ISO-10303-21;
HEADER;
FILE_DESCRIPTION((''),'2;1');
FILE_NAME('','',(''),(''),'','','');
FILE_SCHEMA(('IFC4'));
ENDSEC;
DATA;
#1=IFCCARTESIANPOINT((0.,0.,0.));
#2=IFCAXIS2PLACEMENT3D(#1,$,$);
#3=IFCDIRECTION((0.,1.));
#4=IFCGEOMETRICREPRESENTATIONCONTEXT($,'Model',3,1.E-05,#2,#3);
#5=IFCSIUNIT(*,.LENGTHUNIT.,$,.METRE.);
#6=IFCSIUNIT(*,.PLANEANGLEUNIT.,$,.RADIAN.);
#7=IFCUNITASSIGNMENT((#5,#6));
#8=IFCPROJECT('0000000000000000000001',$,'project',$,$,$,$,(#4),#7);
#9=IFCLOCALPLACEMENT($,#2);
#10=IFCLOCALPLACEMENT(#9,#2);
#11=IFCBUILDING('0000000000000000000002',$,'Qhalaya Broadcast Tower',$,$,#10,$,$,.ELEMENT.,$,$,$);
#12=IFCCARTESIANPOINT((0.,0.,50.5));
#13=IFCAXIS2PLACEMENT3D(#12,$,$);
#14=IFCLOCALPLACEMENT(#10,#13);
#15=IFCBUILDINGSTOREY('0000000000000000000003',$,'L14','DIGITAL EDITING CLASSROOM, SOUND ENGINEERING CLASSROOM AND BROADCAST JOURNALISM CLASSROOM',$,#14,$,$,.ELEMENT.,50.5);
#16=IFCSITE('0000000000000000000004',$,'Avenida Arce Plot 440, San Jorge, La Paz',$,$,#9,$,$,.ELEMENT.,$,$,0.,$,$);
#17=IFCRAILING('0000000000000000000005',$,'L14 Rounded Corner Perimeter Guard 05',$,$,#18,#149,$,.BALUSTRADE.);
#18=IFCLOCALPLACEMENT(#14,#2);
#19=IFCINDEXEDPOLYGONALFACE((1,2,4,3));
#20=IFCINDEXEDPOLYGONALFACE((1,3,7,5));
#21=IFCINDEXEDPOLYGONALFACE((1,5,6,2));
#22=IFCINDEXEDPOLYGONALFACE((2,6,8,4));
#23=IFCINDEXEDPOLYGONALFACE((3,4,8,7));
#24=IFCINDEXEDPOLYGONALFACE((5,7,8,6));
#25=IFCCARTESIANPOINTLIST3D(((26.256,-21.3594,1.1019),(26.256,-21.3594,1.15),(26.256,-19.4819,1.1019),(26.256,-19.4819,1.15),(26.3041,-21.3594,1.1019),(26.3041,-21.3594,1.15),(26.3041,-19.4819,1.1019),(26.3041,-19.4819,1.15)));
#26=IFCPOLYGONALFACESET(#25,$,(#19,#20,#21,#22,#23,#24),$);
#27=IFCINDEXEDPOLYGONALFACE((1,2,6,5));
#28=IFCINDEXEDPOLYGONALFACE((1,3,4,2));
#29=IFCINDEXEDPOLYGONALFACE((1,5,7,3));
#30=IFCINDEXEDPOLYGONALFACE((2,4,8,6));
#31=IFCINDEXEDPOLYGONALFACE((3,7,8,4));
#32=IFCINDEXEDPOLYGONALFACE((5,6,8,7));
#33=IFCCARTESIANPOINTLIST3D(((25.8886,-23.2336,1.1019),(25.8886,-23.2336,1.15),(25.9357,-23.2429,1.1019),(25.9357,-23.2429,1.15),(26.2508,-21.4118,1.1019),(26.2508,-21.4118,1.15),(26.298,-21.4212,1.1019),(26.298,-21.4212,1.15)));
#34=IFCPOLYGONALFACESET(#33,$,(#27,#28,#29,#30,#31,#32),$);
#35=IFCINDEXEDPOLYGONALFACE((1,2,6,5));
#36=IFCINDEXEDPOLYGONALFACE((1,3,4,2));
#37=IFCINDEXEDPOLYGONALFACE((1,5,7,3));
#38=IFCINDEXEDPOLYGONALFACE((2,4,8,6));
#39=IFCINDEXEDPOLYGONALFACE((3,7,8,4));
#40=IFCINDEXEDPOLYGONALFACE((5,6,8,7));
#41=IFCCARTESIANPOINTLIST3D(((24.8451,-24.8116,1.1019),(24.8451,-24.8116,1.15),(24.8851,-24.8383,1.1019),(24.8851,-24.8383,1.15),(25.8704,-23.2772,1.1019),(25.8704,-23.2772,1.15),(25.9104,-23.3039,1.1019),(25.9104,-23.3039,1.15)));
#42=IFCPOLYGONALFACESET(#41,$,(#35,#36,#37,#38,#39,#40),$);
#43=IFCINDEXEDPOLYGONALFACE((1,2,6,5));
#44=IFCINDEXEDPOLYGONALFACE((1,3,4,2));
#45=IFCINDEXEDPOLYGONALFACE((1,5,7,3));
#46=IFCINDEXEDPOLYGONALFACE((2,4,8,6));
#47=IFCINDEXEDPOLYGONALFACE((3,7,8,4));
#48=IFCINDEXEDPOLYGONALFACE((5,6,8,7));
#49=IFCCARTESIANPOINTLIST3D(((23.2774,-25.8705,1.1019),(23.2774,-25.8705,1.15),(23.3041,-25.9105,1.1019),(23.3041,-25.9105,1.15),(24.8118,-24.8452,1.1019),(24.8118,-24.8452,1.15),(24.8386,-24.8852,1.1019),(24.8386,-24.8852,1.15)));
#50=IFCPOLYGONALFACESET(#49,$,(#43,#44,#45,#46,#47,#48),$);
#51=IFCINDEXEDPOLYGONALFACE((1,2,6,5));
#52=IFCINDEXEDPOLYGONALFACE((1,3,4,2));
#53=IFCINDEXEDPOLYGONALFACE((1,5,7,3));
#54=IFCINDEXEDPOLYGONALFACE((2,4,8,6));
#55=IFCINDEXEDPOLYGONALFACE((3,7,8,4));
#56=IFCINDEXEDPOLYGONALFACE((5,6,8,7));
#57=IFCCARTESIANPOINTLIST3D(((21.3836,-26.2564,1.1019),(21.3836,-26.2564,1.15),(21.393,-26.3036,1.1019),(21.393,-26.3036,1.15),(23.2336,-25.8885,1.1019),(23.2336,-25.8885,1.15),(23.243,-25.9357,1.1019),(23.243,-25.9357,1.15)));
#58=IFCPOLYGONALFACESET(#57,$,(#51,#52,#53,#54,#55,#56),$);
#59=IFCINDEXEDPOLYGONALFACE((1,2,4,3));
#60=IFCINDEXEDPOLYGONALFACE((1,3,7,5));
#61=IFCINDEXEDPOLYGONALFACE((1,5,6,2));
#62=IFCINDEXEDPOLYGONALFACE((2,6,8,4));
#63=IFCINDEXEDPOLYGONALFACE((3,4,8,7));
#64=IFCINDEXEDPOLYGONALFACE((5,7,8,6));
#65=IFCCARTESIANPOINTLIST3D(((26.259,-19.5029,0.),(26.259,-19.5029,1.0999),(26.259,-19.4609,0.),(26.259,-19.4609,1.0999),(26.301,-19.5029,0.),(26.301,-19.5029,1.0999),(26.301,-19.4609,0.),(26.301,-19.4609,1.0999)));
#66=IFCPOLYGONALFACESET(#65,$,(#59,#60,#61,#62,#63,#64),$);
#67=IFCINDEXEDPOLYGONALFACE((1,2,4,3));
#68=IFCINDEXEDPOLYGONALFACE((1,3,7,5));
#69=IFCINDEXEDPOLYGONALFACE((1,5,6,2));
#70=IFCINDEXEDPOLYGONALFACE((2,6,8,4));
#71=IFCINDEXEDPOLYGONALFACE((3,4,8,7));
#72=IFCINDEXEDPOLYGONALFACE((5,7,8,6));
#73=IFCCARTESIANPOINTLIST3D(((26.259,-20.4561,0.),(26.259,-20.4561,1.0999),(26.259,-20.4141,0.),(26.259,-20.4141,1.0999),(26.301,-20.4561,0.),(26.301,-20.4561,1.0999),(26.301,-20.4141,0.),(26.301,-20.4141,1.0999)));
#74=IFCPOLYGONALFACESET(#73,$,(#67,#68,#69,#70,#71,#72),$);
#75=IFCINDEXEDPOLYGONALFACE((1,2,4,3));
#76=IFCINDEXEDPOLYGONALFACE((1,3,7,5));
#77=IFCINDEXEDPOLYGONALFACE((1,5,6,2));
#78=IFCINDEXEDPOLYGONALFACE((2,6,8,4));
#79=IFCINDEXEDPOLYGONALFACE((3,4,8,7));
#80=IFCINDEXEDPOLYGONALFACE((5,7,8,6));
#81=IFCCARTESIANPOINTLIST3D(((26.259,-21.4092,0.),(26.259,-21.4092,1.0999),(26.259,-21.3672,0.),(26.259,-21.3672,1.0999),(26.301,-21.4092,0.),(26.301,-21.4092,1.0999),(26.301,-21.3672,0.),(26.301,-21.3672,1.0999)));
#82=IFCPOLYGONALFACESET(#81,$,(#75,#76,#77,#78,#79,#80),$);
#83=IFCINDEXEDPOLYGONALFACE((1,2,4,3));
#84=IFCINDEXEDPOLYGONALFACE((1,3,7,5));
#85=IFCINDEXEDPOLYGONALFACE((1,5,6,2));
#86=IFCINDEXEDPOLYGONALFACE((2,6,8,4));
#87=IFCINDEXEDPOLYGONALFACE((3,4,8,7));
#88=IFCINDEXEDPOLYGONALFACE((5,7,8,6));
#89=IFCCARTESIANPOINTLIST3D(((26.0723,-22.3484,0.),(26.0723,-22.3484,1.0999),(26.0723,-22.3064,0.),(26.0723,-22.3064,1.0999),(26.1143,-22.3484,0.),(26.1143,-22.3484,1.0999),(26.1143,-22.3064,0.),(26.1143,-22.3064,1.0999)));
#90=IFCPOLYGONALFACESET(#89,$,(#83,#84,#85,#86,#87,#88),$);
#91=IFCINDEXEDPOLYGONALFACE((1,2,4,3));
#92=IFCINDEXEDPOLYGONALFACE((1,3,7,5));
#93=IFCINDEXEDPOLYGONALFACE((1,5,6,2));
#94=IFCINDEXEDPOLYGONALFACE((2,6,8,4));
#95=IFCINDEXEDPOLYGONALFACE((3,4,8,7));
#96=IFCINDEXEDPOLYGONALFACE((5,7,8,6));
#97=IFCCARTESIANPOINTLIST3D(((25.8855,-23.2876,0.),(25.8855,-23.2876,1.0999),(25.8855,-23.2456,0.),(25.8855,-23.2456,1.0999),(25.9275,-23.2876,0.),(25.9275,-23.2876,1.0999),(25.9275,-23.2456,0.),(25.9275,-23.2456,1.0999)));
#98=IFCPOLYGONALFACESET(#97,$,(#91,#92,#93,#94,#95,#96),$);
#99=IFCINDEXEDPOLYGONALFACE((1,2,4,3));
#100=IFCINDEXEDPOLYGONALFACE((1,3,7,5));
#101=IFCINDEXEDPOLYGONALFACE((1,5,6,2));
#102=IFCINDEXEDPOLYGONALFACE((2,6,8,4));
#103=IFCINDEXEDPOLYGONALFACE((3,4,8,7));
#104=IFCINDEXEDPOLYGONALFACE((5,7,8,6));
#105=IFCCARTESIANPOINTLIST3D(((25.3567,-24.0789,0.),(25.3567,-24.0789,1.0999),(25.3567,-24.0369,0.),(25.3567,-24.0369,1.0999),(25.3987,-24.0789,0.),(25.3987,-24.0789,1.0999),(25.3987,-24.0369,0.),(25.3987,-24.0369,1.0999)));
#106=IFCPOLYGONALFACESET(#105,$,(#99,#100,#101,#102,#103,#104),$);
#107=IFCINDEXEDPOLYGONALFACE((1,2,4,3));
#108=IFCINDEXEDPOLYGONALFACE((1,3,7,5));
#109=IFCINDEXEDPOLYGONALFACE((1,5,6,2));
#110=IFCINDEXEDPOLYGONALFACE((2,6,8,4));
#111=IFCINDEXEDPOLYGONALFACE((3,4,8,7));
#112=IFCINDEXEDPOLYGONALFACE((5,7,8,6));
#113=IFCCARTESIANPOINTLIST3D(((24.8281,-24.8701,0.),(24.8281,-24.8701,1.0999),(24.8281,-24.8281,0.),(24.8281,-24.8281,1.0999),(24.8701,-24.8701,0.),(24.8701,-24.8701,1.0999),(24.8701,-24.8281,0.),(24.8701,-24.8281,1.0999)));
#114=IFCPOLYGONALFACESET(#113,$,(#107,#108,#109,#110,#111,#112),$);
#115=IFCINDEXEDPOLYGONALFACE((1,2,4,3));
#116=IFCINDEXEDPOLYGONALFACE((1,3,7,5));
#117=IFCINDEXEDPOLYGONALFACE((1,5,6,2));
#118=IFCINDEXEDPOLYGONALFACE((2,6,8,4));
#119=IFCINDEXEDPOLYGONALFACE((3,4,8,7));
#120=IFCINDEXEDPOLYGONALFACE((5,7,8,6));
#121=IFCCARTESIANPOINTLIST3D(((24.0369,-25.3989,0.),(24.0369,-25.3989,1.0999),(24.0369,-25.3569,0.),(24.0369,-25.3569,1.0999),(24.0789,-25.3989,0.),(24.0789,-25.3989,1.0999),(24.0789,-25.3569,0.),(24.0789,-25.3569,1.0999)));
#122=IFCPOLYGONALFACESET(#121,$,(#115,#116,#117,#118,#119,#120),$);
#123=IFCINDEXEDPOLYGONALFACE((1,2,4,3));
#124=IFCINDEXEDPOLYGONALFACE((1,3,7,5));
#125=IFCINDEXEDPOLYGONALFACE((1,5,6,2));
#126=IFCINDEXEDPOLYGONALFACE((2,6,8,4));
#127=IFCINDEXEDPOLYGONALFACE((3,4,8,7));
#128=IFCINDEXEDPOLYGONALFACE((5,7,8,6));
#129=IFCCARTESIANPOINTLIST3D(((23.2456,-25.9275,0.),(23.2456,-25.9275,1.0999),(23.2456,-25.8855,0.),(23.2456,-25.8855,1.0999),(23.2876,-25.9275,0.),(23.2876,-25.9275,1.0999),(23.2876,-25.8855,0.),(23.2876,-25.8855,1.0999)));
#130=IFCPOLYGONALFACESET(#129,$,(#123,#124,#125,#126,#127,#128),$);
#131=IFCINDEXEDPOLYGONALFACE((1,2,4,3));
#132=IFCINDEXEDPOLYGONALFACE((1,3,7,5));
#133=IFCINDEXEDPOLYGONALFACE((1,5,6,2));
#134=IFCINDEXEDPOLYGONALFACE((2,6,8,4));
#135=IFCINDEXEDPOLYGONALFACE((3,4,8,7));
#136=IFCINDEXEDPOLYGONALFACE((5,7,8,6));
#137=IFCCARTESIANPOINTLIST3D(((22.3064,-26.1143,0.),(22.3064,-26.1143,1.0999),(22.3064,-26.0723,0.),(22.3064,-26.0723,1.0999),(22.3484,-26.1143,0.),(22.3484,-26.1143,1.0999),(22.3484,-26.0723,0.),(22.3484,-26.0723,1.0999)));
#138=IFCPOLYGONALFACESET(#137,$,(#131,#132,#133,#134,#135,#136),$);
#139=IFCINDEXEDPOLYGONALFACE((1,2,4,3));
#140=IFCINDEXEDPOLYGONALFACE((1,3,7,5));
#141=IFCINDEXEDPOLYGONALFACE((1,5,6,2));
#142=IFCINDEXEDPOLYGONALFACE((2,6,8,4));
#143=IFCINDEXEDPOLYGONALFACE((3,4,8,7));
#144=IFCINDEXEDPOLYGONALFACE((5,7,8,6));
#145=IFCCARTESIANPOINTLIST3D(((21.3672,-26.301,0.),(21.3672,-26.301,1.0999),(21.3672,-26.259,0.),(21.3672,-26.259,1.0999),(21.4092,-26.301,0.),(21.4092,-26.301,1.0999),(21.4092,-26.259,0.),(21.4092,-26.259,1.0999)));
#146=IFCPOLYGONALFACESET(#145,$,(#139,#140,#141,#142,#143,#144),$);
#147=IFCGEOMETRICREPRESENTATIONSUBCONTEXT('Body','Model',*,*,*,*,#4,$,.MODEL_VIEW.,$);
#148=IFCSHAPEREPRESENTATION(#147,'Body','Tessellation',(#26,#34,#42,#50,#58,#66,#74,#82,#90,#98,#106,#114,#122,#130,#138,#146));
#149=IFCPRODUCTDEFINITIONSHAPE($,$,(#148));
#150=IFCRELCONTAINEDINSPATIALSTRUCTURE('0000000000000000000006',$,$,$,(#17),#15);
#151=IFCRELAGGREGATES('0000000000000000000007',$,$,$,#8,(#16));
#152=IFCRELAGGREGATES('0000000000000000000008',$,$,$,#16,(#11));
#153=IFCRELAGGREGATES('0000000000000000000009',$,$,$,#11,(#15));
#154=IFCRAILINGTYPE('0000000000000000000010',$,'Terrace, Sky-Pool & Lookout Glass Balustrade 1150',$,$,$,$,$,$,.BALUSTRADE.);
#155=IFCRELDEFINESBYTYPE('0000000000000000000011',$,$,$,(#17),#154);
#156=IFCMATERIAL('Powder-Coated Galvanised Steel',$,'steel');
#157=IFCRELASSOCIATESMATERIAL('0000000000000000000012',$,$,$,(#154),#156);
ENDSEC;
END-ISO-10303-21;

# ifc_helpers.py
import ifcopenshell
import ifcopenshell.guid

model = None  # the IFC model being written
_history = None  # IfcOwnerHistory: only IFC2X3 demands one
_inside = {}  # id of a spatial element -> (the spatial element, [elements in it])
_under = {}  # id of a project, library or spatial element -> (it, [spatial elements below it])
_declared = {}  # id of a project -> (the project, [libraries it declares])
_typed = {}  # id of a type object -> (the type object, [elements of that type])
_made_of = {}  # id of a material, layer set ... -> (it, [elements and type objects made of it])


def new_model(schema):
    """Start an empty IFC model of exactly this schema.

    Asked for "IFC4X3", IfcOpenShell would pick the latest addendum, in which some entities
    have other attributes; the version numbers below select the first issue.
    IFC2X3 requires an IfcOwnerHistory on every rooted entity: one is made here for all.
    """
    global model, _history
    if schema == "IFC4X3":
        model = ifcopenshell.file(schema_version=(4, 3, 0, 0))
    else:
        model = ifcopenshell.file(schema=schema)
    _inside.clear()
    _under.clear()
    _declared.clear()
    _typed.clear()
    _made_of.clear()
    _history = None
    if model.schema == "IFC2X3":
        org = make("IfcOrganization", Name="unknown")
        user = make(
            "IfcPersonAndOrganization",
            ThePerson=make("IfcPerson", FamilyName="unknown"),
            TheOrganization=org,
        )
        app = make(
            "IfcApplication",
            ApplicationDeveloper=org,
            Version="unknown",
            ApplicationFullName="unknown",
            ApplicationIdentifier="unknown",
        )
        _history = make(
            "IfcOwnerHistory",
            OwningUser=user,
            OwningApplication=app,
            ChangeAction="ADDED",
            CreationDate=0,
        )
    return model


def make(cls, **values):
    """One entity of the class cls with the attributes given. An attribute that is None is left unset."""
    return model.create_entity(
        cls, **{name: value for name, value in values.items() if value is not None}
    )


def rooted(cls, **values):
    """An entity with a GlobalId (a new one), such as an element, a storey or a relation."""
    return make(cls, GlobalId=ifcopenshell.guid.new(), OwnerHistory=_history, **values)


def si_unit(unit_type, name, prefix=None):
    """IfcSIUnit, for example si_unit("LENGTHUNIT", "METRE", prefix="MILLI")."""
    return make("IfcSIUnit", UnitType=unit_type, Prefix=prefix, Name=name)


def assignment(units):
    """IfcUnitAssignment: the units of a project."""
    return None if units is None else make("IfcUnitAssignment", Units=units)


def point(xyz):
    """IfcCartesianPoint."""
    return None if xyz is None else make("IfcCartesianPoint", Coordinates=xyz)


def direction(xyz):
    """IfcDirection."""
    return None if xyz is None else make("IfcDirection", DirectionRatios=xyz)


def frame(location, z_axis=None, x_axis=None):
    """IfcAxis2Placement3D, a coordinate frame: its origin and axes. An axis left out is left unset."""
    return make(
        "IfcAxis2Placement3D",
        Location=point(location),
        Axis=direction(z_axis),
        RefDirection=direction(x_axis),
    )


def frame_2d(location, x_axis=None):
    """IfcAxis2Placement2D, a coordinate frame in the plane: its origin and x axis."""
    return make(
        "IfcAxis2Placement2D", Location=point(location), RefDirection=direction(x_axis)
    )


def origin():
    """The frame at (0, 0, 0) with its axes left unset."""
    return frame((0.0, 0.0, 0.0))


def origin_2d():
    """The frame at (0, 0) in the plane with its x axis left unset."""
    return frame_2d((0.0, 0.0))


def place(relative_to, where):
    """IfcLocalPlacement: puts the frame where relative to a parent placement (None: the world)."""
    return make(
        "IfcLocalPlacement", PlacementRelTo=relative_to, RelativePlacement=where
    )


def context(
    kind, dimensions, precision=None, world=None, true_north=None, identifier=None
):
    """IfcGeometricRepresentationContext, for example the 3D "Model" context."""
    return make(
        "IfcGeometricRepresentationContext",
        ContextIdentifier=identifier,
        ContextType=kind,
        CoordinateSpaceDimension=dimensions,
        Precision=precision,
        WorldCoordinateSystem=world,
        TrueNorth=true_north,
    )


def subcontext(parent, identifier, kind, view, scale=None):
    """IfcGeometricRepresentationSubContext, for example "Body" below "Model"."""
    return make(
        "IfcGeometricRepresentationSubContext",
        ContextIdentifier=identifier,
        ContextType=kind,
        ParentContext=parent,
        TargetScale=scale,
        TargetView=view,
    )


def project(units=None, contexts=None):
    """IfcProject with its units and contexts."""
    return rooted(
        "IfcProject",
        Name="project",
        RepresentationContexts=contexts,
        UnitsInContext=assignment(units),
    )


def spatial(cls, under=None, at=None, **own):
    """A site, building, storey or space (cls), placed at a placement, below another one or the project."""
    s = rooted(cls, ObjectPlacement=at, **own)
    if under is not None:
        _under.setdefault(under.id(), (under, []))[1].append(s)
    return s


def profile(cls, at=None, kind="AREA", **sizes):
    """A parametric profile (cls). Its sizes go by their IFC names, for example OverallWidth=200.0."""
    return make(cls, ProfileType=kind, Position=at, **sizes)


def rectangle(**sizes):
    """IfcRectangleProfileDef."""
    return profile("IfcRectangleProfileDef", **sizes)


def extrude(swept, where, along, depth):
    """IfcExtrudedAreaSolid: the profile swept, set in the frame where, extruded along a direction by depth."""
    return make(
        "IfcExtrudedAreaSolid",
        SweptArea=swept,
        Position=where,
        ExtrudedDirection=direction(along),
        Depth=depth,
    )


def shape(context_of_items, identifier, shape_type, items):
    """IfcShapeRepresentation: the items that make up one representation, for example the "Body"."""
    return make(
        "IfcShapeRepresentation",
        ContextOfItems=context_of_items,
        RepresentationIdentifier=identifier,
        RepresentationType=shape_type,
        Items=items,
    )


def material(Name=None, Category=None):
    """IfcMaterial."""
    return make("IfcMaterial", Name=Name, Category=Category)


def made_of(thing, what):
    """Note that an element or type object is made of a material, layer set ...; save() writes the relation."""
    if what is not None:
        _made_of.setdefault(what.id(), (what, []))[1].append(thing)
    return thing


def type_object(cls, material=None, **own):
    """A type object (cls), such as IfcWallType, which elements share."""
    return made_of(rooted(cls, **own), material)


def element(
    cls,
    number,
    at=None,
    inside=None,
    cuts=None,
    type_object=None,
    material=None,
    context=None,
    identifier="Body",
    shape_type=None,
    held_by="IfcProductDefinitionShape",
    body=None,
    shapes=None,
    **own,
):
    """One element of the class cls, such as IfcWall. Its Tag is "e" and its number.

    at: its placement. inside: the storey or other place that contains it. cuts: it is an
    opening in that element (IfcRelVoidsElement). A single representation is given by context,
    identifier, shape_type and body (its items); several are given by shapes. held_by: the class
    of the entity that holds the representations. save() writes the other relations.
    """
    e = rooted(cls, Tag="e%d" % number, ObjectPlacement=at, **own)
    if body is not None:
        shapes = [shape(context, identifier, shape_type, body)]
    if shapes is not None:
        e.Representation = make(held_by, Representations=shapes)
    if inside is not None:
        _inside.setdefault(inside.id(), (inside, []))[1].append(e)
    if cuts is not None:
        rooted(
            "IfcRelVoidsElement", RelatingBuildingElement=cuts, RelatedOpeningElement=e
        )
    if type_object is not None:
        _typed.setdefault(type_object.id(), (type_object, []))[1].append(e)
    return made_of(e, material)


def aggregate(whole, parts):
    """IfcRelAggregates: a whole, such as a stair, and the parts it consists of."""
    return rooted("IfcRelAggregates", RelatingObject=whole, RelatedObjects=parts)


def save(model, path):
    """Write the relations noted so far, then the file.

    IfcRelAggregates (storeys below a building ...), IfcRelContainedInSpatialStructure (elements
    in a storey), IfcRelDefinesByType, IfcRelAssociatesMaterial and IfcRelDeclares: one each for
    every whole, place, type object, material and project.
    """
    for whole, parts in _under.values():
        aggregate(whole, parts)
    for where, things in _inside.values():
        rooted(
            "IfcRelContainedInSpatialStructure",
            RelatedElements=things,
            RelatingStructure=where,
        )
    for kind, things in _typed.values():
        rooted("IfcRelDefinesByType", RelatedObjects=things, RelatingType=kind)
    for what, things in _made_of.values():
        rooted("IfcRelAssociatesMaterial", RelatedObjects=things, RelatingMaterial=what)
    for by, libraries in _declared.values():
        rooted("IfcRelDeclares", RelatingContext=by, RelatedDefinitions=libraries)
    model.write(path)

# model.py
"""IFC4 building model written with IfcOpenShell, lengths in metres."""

from ifc_helpers import new_model, si_unit, direction, frame, origin, origin_2d, place, context, subcontext, project, spatial, rectangle, extrude, material, type_object, element, save


model = new_model("IFC4")

# Units and contexts
model_context = context("Model", 3, precision=1e-05, world=origin(), true_north=direction((0.0, 1.0)))
body_context = subcontext(model_context, "Body", "Model", "MODEL_VIEW")
ifc_project = project(units=[si_unit("LENGTHUNIT", "METRE"), si_unit("PLANEANGLEUNIT", "RADIAN")], contexts=[model_context])

# Site, building, storey
site_placement = place(None, origin())
site = spatial("IfcSite", under=ifc_project, at=site_placement, Name="Avenida Arce Plot 440, San Jorge, La Paz", CompositionType="ELEMENT", RefElevation=0.0)
building_placement = place(site_placement, origin())
building = spatial("IfcBuilding", under=site, at=building_placement, Name="Qhalaya Broadcast Tower", CompositionType="ELEMENT")
storey_placement = place(building_placement, frame((0.0, 0.0, 50.5)))
storey = spatial("IfcBuildingStorey", under=building, at=storey_placement, Name="L14", Description="DIGITAL EDITING CLASSROOM, SOUND ENGINEERING CLASSROOM AND BROADCAST JOURNALISM CLASSROOM", CompositionType="ELEMENT", Elevation=50.5)

# Railing
ifc_material_1 = material(Name="Powder-Coated Galvanised Steel", Category="steel")
railing_type = type_object("IfcRailingType", Name="Terrace, Sky-Pool & Lookout Glass Balustrade 1150", PredefinedType="BALUSTRADE", material=ifc_material_1)
railing_1_placement = place(storey_placement, frame((26.28, -19.4819, 0.0)))
element("IfcRailing", 1, at=railing_1_placement, inside=storey, type_object=railing_type, Name="L14 Rounded Corner Perimeter Guard 05", PredefinedType="BALUSTRADE", context=body_context, shape_type="SweptSolid", body=[
    extrude(rectangle(XDim=0.0481, YDim=0.0481, at=origin_2d()), frame((0.0, 0.0, 1.126), z_axis=(0.0, -1.0, 0.0), x_axis=(1.0, 0.0, 0.0)), (0.0, 0.0, 1.0), 1.8774),
    extrude(rectangle(XDim=0.0481, YDim=0.0481, at=origin_2d()), frame((-0.0056, -1.9346, 1.126), z_axis=(-0.195037, -0.980796, 0.0), x_axis=(0.980796, -0.195037, 0.0)), (0.0, 0.0, 1.0), 1.8574),
    extrude(rectangle(XDim=0.0481, YDim=0.0481, at=origin_2d()), frame((-0.3896, -3.8086, 1.126), z_axis=(-0.555558, -0.831478, 0.0), x_axis=(0.831478, -0.555558, 0.0)), (0.0, 0.0, 1.0), 1.8455),
    extrude(rectangle(XDim=0.0481, YDim=0.0481, at=origin_2d()), frame((-1.4548, -5.3833, 1.126), z_axis=(-0.831478, -0.555558, 0.0), x_axis=(0.555558, -0.831478, 0.0)), (0.0, 0.0, 1.0), 1.8455),
    extrude(rectangle(XDim=0.0481, YDim=0.0481, at=origin_2d()), frame((-3.0417, -6.4302, 1.126), z_axis=(-0.980796, -0.195037, 0.0), x_axis=(0.195037, -0.980796, 0.0)), (0.0, 0.0, 1.0), 1.8862),
    extrude(rectangle(XDim=0.042, YDim=0.042, at=origin_2d()), origin(), (0.0, 0.0, 1.0), 1.0999),
    extrude(rectangle(XDim=0.042, YDim=0.042, at=origin_2d()), frame((0.0, -0.9531, 0.0)), (0.0, 0.0, 1.0), 1.0999),
    extrude(rectangle(XDim=0.042, YDim=0.042, at=origin_2d()), frame((0.0, -1.9062, 0.0)), (0.0, 0.0, 1.0), 1.0999),
    extrude(rectangle(XDim=0.042, YDim=0.042, at=origin_2d()), frame((-0.1868, -2.8455, 0.0)), (0.0, 0.0, 1.0), 1.0999),
    extrude(rectangle(XDim=0.042, YDim=0.042, at=origin_2d()), frame((-0.3735, -3.7847, 0.0)), (0.0, 0.0, 1.0), 1.0999),
    extrude(rectangle(XDim=0.042, YDim=0.042, at=origin_2d()), frame((-0.9023, -4.5759, 0.0)), (0.0, 0.0, 1.0), 1.0999),
    extrude(rectangle(XDim=0.042, YDim=0.042, at=origin_2d()), frame((-1.4309, -5.3672, 0.0)), (0.0, 0.0, 1.0), 1.0999),
    extrude(rectangle(XDim=0.042, YDim=0.042, at=origin_2d()), frame((-2.2222, -5.896, 0.0)), (0.0, 0.0, 1.0), 1.0999),
    extrude(rectangle(XDim=0.042, YDim=0.042, at=origin_2d()), frame((-3.0134, -6.4246, 0.0)), (0.0, 0.0, 1.0), 1.0999),
    extrude(rectangle(XDim=0.042, YDim=0.042, at=origin_2d()), frame((-3.9526, -6.6113, 0.0)), (0.0, 0.0, 1.0), 1.0999),
    extrude(rectangle(XDim=0.042, YDim=0.042, at=origin_2d()), frame((-4.8918, -6.7981, 0.0)), (0.0, 0.0, 1.0), 1.0999),
])

save(model, "model.ifc")
